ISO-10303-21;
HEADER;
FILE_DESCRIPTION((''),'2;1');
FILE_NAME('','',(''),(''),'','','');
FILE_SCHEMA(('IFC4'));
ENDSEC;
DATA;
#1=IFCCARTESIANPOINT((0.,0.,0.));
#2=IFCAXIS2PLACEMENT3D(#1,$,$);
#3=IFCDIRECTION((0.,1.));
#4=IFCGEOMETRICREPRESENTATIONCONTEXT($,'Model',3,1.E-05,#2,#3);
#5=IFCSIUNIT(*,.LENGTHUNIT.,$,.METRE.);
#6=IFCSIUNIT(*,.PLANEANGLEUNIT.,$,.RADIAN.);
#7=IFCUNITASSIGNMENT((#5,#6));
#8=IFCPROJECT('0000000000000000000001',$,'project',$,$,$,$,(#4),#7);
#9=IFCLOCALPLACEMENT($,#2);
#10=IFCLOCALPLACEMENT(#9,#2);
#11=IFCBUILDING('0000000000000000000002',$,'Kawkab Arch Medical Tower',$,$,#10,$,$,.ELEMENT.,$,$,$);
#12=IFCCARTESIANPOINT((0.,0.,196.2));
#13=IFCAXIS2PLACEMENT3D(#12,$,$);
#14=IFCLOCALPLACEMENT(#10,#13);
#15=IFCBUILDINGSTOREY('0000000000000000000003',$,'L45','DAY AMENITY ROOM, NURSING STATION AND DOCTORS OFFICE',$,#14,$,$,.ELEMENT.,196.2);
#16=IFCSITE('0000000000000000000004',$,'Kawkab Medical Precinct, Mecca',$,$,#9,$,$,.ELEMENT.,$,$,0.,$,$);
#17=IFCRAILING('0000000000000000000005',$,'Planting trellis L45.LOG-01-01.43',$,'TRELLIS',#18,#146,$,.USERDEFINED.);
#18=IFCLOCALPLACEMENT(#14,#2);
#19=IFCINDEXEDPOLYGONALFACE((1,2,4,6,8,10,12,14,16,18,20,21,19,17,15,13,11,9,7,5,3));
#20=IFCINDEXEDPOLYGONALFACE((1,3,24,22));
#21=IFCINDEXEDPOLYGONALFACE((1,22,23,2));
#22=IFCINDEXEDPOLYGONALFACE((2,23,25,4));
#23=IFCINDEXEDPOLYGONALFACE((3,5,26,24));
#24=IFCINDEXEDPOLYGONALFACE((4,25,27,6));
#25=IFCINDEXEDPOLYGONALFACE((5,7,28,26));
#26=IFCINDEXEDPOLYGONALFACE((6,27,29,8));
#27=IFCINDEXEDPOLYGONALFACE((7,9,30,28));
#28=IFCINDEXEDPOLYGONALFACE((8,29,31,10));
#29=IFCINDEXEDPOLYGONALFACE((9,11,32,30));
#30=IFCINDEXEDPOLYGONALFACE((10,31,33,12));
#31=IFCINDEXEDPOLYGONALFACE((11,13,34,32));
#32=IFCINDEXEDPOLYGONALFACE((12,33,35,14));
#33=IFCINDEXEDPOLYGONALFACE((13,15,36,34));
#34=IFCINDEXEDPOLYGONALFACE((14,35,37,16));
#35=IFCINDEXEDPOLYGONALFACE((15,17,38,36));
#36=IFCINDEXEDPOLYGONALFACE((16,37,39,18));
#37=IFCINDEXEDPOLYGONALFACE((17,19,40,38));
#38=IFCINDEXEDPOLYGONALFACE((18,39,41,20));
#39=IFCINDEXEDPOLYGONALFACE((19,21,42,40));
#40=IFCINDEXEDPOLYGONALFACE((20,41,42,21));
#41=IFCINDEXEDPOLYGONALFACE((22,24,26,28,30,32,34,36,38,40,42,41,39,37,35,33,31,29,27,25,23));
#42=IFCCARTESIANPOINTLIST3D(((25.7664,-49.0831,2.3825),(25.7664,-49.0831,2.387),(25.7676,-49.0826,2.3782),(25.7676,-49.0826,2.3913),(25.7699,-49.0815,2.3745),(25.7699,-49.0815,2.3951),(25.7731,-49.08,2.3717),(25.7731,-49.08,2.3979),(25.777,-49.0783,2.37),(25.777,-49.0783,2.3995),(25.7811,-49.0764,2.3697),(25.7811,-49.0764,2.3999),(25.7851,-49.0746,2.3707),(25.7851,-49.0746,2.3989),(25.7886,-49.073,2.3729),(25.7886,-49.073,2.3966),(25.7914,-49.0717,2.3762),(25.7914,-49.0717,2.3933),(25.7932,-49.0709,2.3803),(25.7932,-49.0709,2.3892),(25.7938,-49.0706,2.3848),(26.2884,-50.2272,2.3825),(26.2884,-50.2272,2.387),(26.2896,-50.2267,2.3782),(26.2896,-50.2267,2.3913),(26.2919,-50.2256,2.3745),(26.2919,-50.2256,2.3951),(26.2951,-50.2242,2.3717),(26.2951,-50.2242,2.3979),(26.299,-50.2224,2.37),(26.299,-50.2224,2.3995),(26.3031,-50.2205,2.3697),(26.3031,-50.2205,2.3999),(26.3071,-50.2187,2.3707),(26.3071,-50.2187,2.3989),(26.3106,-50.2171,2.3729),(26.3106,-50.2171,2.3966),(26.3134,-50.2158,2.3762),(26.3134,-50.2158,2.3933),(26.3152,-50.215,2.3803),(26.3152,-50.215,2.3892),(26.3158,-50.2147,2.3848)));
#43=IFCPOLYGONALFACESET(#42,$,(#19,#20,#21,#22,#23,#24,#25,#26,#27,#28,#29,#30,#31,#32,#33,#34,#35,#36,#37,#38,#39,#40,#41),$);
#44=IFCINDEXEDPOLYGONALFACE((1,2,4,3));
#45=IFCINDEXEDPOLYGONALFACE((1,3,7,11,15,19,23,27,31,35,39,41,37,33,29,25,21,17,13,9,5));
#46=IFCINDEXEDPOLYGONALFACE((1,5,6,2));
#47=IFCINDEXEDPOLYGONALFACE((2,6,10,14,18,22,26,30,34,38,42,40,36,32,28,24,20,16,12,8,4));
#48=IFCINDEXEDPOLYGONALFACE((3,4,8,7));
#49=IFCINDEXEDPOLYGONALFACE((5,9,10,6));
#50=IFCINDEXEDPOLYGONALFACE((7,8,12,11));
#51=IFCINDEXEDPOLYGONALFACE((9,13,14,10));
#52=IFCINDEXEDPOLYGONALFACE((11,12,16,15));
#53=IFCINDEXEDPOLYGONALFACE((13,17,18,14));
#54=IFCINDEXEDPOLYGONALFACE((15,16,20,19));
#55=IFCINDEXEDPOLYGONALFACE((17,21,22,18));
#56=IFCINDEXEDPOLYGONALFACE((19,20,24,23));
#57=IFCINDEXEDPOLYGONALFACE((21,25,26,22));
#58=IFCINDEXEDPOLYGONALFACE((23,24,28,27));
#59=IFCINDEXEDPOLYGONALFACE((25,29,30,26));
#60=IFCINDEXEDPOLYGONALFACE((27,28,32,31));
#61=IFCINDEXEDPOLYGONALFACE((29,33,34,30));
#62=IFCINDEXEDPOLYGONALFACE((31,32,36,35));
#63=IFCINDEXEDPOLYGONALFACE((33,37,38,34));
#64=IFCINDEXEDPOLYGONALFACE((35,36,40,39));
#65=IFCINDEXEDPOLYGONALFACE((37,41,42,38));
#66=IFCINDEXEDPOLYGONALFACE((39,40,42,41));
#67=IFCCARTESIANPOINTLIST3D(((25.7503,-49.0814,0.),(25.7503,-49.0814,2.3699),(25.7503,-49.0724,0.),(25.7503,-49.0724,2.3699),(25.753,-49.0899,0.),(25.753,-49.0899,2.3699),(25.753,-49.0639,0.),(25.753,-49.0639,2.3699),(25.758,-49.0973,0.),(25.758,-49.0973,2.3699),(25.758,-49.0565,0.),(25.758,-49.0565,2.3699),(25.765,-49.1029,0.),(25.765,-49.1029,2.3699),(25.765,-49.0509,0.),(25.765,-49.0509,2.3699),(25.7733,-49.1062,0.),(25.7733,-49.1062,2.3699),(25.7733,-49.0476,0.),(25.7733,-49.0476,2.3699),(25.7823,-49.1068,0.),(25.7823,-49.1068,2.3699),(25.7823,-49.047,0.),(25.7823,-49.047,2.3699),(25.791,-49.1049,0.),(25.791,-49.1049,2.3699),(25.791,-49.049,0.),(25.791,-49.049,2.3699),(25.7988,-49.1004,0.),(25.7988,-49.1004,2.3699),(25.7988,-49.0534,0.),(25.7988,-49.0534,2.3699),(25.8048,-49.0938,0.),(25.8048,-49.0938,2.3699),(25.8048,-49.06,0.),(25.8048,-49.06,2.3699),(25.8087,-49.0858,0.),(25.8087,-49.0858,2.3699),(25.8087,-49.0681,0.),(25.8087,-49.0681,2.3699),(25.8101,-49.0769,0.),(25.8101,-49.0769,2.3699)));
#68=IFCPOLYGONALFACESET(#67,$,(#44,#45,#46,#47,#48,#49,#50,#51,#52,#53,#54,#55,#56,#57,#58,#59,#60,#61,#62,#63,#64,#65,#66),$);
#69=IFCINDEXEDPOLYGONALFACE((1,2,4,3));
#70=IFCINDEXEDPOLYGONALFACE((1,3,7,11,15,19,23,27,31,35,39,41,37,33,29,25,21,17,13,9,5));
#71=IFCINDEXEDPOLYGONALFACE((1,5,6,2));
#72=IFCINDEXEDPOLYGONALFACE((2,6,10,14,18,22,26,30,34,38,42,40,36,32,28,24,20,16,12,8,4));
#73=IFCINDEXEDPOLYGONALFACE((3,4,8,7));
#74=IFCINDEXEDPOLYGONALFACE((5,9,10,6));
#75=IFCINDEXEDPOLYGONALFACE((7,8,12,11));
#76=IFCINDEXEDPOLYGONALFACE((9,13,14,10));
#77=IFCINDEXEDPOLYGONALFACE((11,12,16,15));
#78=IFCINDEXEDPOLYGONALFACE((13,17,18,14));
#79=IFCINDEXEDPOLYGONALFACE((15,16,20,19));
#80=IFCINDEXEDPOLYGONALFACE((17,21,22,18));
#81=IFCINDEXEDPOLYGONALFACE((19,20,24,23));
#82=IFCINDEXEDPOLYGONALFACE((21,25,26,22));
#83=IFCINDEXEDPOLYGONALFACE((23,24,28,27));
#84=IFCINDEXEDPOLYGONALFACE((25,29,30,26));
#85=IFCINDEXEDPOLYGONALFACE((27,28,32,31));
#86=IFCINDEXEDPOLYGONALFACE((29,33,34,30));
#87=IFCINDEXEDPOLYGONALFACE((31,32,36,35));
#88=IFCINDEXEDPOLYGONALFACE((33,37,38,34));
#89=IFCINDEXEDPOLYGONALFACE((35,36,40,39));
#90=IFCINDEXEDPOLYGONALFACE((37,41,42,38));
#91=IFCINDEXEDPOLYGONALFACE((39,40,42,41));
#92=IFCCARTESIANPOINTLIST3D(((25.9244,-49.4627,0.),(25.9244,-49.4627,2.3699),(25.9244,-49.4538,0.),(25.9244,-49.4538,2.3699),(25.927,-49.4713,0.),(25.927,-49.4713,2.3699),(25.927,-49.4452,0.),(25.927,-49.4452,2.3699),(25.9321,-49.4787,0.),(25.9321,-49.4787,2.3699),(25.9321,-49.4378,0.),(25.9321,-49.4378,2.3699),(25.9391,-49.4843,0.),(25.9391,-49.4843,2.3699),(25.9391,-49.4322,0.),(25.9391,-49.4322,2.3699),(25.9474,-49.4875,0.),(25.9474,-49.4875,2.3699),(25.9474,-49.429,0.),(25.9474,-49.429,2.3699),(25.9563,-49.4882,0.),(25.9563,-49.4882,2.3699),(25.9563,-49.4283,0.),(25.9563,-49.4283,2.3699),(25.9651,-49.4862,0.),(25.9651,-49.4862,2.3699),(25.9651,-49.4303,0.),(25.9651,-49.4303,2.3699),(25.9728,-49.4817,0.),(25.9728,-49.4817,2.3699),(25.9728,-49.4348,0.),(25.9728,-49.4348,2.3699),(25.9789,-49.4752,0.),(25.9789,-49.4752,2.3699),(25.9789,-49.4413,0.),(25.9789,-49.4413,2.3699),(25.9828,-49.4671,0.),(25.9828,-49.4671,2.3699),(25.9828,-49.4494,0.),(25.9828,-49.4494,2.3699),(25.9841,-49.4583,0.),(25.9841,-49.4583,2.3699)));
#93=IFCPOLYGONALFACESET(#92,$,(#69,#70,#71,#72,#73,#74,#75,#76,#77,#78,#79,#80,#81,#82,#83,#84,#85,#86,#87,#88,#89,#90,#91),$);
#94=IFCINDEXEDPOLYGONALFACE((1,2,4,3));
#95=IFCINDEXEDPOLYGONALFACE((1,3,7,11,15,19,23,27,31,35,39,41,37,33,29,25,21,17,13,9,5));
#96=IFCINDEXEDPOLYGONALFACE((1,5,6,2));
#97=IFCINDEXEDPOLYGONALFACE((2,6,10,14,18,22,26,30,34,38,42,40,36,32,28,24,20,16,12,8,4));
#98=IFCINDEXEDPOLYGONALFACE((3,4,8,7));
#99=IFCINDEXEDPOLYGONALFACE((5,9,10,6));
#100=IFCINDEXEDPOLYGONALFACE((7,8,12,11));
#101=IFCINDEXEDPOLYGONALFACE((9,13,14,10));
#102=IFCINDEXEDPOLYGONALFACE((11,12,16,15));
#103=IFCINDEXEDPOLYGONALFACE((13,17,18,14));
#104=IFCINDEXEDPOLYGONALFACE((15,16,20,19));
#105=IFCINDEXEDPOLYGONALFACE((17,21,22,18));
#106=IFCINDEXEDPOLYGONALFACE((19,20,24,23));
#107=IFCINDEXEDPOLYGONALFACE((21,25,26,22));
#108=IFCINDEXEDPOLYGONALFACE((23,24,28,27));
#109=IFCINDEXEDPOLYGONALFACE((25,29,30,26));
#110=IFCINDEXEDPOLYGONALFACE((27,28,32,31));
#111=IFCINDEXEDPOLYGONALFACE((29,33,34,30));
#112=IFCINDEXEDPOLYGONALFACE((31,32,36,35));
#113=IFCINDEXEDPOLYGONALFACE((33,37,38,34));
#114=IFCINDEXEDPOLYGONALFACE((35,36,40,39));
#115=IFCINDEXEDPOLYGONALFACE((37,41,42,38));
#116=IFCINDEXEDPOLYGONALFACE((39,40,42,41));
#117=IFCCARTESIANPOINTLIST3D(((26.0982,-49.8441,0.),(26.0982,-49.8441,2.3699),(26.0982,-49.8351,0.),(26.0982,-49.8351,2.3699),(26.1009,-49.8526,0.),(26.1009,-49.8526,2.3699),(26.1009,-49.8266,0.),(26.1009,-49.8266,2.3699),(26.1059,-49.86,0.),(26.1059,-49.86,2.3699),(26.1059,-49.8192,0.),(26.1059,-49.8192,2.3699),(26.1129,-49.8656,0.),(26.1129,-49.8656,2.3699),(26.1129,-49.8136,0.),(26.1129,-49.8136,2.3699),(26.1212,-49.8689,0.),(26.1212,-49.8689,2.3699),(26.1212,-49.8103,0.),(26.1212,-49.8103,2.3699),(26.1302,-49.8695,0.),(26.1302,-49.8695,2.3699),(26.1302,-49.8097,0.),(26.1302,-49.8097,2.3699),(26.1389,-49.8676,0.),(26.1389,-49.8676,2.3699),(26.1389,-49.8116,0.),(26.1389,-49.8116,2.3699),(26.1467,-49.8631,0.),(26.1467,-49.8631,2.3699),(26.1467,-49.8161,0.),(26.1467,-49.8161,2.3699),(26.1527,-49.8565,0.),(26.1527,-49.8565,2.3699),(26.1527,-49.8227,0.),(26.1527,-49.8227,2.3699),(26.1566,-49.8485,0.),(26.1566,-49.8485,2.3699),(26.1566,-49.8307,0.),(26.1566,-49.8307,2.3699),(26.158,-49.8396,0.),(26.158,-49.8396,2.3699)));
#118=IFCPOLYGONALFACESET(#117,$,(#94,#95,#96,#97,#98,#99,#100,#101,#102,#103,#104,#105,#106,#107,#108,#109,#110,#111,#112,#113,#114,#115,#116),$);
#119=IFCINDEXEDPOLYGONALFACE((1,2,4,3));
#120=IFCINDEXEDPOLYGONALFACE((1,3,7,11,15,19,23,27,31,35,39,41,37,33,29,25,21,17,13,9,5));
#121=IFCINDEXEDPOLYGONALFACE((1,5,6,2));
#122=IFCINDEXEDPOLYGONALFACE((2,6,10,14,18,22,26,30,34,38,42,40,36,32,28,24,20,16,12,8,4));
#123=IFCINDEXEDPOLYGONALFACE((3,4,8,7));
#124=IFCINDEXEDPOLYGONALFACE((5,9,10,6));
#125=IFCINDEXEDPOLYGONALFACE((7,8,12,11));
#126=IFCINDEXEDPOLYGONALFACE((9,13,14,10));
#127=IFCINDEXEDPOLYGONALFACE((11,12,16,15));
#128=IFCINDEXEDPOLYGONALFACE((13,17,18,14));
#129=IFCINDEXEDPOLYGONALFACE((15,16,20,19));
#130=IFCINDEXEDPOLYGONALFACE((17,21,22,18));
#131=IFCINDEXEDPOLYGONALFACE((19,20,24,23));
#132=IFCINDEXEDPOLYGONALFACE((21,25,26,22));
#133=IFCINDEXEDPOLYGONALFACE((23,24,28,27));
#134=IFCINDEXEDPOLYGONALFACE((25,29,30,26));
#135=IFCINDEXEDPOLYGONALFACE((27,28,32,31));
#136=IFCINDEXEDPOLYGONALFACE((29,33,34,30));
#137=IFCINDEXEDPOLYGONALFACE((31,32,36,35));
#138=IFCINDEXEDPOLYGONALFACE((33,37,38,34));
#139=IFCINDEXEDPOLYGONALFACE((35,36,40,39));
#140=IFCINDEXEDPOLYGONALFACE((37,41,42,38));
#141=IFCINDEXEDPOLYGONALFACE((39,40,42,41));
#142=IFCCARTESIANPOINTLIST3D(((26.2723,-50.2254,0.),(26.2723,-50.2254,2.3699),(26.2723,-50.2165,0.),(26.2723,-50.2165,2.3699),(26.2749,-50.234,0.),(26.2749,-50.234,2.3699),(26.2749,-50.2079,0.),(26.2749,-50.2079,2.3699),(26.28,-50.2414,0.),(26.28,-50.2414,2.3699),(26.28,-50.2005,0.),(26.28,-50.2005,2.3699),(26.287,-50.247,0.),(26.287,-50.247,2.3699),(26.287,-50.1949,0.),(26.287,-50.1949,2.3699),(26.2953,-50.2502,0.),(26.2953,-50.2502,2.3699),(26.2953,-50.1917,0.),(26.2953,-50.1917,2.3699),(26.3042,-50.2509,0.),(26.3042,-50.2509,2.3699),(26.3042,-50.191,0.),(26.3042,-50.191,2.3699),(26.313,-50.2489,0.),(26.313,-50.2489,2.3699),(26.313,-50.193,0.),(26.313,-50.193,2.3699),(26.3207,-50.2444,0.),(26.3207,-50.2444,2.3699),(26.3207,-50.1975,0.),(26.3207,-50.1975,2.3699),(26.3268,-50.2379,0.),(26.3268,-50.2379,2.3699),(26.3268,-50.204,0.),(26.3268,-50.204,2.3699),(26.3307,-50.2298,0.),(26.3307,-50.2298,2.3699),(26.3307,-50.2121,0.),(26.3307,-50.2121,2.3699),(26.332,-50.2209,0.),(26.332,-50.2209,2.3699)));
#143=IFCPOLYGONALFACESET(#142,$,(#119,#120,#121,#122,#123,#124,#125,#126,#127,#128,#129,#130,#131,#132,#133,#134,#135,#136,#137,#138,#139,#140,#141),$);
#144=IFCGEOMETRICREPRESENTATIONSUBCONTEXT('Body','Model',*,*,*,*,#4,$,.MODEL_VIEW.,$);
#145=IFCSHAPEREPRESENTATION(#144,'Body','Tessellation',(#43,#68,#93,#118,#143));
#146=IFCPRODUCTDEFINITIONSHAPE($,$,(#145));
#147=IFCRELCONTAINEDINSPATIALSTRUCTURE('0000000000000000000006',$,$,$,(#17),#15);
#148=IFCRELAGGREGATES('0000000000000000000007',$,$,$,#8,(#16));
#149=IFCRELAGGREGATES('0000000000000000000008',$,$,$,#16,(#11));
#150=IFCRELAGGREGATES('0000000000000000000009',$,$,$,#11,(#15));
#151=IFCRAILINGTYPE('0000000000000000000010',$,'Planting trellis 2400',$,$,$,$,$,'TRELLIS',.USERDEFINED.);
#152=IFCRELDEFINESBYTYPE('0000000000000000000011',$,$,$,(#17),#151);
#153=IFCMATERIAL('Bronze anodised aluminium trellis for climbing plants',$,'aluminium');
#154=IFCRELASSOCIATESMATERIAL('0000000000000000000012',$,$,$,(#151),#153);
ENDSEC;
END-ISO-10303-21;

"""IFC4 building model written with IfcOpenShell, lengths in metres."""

from ifc_helpers import new_model, si_unit, direction, frame, origin, origin_2d, place, context, subcontext, project, spatial, circle, extrude, material, type_object, element, save


model = new_model("IFC4")

# Units and contexts
model_context = context("Model", 3, precision=1e-05, world=origin(), true_north=direction((0.0, 1.0)))
body_context = subcontext(model_context, "Body", "Model", "MODEL_VIEW")
ifc_project = project(units=[si_unit("LENGTHUNIT", "METRE"), si_unit("PLANEANGLEUNIT", "RADIAN")], contexts=[model_context])

# Site, building, storey
site_placement = place(None, origin())
site = spatial("IfcSite", under=ifc_project, at=site_placement, Name="Kawkab Medical Precinct, Mecca", CompositionType="ELEMENT", RefElevation=0.0)
building_placement = place(site_placement, origin())
building = spatial("IfcBuilding", under=site, at=building_placement, Name="Kawkab Arch Medical Tower", CompositionType="ELEMENT")
storey_placement = place(building_placement, frame((0.0, 0.0, 196.2)))
storey = spatial("IfcBuildingStorey", under=building, at=storey_placement, Name="L45", Description="DAY AMENITY ROOM, NURSING STATION AND DOCTORS OFFICE", CompositionType="ELEMENT", Elevation=196.2)

# Railing
ifc_material_1 = material(Name="Bronze anodised aluminium trellis for climbing plants", Category="aluminium")
railing_type = type_object("IfcRailingType", Name="Planting trellis 2400", ElementType="TRELLIS", PredefinedType="USERDEFINED", material=ifc_material_1)
railing_1_placement = place(storey_placement, frame((25.78, -49.0769, 0.0)))
element("IfcRailing", 1, at=railing_1_placement, inside=storey, type_object=railing_type, Name="Planting trellis L45.LOG-01-01.43", ObjectType="TRELLIS", PredefinedType="USERDEFINED", context=body_context, shape_type="SweptSolid", body=[
    extrude(circle(Radius=0.0151, at=origin_2d()), frame((0.0, 0.0, 2.3848), z_axis=(0.41509, -0.90978, 0.0), x_axis=(0.90978, 0.41509, 0.0)), (0.0, 0.0, 1.0), 1.2576),
    extrude(circle(Radius=0.03, at=origin_2d()), origin(), (0.0, 0.0, 1.0), 2.3699),
    extrude(circle(Radius=0.03, at=origin_2d()), frame((0.1741, -0.3813, 0.0)), (0.0, 0.0, 1.0), 2.3699),
    extrude(circle(Radius=0.03, at=origin_2d()), frame((0.3479, -0.7627, 0.0)), (0.0, 0.0, 1.0), 2.3699),
    extrude(circle(Radius=0.03, at=origin_2d()), frame((0.522, -1.144, 0.0)), (0.0, 0.0, 1.0), 2.3699),
])

save(model, "model.ifc")
